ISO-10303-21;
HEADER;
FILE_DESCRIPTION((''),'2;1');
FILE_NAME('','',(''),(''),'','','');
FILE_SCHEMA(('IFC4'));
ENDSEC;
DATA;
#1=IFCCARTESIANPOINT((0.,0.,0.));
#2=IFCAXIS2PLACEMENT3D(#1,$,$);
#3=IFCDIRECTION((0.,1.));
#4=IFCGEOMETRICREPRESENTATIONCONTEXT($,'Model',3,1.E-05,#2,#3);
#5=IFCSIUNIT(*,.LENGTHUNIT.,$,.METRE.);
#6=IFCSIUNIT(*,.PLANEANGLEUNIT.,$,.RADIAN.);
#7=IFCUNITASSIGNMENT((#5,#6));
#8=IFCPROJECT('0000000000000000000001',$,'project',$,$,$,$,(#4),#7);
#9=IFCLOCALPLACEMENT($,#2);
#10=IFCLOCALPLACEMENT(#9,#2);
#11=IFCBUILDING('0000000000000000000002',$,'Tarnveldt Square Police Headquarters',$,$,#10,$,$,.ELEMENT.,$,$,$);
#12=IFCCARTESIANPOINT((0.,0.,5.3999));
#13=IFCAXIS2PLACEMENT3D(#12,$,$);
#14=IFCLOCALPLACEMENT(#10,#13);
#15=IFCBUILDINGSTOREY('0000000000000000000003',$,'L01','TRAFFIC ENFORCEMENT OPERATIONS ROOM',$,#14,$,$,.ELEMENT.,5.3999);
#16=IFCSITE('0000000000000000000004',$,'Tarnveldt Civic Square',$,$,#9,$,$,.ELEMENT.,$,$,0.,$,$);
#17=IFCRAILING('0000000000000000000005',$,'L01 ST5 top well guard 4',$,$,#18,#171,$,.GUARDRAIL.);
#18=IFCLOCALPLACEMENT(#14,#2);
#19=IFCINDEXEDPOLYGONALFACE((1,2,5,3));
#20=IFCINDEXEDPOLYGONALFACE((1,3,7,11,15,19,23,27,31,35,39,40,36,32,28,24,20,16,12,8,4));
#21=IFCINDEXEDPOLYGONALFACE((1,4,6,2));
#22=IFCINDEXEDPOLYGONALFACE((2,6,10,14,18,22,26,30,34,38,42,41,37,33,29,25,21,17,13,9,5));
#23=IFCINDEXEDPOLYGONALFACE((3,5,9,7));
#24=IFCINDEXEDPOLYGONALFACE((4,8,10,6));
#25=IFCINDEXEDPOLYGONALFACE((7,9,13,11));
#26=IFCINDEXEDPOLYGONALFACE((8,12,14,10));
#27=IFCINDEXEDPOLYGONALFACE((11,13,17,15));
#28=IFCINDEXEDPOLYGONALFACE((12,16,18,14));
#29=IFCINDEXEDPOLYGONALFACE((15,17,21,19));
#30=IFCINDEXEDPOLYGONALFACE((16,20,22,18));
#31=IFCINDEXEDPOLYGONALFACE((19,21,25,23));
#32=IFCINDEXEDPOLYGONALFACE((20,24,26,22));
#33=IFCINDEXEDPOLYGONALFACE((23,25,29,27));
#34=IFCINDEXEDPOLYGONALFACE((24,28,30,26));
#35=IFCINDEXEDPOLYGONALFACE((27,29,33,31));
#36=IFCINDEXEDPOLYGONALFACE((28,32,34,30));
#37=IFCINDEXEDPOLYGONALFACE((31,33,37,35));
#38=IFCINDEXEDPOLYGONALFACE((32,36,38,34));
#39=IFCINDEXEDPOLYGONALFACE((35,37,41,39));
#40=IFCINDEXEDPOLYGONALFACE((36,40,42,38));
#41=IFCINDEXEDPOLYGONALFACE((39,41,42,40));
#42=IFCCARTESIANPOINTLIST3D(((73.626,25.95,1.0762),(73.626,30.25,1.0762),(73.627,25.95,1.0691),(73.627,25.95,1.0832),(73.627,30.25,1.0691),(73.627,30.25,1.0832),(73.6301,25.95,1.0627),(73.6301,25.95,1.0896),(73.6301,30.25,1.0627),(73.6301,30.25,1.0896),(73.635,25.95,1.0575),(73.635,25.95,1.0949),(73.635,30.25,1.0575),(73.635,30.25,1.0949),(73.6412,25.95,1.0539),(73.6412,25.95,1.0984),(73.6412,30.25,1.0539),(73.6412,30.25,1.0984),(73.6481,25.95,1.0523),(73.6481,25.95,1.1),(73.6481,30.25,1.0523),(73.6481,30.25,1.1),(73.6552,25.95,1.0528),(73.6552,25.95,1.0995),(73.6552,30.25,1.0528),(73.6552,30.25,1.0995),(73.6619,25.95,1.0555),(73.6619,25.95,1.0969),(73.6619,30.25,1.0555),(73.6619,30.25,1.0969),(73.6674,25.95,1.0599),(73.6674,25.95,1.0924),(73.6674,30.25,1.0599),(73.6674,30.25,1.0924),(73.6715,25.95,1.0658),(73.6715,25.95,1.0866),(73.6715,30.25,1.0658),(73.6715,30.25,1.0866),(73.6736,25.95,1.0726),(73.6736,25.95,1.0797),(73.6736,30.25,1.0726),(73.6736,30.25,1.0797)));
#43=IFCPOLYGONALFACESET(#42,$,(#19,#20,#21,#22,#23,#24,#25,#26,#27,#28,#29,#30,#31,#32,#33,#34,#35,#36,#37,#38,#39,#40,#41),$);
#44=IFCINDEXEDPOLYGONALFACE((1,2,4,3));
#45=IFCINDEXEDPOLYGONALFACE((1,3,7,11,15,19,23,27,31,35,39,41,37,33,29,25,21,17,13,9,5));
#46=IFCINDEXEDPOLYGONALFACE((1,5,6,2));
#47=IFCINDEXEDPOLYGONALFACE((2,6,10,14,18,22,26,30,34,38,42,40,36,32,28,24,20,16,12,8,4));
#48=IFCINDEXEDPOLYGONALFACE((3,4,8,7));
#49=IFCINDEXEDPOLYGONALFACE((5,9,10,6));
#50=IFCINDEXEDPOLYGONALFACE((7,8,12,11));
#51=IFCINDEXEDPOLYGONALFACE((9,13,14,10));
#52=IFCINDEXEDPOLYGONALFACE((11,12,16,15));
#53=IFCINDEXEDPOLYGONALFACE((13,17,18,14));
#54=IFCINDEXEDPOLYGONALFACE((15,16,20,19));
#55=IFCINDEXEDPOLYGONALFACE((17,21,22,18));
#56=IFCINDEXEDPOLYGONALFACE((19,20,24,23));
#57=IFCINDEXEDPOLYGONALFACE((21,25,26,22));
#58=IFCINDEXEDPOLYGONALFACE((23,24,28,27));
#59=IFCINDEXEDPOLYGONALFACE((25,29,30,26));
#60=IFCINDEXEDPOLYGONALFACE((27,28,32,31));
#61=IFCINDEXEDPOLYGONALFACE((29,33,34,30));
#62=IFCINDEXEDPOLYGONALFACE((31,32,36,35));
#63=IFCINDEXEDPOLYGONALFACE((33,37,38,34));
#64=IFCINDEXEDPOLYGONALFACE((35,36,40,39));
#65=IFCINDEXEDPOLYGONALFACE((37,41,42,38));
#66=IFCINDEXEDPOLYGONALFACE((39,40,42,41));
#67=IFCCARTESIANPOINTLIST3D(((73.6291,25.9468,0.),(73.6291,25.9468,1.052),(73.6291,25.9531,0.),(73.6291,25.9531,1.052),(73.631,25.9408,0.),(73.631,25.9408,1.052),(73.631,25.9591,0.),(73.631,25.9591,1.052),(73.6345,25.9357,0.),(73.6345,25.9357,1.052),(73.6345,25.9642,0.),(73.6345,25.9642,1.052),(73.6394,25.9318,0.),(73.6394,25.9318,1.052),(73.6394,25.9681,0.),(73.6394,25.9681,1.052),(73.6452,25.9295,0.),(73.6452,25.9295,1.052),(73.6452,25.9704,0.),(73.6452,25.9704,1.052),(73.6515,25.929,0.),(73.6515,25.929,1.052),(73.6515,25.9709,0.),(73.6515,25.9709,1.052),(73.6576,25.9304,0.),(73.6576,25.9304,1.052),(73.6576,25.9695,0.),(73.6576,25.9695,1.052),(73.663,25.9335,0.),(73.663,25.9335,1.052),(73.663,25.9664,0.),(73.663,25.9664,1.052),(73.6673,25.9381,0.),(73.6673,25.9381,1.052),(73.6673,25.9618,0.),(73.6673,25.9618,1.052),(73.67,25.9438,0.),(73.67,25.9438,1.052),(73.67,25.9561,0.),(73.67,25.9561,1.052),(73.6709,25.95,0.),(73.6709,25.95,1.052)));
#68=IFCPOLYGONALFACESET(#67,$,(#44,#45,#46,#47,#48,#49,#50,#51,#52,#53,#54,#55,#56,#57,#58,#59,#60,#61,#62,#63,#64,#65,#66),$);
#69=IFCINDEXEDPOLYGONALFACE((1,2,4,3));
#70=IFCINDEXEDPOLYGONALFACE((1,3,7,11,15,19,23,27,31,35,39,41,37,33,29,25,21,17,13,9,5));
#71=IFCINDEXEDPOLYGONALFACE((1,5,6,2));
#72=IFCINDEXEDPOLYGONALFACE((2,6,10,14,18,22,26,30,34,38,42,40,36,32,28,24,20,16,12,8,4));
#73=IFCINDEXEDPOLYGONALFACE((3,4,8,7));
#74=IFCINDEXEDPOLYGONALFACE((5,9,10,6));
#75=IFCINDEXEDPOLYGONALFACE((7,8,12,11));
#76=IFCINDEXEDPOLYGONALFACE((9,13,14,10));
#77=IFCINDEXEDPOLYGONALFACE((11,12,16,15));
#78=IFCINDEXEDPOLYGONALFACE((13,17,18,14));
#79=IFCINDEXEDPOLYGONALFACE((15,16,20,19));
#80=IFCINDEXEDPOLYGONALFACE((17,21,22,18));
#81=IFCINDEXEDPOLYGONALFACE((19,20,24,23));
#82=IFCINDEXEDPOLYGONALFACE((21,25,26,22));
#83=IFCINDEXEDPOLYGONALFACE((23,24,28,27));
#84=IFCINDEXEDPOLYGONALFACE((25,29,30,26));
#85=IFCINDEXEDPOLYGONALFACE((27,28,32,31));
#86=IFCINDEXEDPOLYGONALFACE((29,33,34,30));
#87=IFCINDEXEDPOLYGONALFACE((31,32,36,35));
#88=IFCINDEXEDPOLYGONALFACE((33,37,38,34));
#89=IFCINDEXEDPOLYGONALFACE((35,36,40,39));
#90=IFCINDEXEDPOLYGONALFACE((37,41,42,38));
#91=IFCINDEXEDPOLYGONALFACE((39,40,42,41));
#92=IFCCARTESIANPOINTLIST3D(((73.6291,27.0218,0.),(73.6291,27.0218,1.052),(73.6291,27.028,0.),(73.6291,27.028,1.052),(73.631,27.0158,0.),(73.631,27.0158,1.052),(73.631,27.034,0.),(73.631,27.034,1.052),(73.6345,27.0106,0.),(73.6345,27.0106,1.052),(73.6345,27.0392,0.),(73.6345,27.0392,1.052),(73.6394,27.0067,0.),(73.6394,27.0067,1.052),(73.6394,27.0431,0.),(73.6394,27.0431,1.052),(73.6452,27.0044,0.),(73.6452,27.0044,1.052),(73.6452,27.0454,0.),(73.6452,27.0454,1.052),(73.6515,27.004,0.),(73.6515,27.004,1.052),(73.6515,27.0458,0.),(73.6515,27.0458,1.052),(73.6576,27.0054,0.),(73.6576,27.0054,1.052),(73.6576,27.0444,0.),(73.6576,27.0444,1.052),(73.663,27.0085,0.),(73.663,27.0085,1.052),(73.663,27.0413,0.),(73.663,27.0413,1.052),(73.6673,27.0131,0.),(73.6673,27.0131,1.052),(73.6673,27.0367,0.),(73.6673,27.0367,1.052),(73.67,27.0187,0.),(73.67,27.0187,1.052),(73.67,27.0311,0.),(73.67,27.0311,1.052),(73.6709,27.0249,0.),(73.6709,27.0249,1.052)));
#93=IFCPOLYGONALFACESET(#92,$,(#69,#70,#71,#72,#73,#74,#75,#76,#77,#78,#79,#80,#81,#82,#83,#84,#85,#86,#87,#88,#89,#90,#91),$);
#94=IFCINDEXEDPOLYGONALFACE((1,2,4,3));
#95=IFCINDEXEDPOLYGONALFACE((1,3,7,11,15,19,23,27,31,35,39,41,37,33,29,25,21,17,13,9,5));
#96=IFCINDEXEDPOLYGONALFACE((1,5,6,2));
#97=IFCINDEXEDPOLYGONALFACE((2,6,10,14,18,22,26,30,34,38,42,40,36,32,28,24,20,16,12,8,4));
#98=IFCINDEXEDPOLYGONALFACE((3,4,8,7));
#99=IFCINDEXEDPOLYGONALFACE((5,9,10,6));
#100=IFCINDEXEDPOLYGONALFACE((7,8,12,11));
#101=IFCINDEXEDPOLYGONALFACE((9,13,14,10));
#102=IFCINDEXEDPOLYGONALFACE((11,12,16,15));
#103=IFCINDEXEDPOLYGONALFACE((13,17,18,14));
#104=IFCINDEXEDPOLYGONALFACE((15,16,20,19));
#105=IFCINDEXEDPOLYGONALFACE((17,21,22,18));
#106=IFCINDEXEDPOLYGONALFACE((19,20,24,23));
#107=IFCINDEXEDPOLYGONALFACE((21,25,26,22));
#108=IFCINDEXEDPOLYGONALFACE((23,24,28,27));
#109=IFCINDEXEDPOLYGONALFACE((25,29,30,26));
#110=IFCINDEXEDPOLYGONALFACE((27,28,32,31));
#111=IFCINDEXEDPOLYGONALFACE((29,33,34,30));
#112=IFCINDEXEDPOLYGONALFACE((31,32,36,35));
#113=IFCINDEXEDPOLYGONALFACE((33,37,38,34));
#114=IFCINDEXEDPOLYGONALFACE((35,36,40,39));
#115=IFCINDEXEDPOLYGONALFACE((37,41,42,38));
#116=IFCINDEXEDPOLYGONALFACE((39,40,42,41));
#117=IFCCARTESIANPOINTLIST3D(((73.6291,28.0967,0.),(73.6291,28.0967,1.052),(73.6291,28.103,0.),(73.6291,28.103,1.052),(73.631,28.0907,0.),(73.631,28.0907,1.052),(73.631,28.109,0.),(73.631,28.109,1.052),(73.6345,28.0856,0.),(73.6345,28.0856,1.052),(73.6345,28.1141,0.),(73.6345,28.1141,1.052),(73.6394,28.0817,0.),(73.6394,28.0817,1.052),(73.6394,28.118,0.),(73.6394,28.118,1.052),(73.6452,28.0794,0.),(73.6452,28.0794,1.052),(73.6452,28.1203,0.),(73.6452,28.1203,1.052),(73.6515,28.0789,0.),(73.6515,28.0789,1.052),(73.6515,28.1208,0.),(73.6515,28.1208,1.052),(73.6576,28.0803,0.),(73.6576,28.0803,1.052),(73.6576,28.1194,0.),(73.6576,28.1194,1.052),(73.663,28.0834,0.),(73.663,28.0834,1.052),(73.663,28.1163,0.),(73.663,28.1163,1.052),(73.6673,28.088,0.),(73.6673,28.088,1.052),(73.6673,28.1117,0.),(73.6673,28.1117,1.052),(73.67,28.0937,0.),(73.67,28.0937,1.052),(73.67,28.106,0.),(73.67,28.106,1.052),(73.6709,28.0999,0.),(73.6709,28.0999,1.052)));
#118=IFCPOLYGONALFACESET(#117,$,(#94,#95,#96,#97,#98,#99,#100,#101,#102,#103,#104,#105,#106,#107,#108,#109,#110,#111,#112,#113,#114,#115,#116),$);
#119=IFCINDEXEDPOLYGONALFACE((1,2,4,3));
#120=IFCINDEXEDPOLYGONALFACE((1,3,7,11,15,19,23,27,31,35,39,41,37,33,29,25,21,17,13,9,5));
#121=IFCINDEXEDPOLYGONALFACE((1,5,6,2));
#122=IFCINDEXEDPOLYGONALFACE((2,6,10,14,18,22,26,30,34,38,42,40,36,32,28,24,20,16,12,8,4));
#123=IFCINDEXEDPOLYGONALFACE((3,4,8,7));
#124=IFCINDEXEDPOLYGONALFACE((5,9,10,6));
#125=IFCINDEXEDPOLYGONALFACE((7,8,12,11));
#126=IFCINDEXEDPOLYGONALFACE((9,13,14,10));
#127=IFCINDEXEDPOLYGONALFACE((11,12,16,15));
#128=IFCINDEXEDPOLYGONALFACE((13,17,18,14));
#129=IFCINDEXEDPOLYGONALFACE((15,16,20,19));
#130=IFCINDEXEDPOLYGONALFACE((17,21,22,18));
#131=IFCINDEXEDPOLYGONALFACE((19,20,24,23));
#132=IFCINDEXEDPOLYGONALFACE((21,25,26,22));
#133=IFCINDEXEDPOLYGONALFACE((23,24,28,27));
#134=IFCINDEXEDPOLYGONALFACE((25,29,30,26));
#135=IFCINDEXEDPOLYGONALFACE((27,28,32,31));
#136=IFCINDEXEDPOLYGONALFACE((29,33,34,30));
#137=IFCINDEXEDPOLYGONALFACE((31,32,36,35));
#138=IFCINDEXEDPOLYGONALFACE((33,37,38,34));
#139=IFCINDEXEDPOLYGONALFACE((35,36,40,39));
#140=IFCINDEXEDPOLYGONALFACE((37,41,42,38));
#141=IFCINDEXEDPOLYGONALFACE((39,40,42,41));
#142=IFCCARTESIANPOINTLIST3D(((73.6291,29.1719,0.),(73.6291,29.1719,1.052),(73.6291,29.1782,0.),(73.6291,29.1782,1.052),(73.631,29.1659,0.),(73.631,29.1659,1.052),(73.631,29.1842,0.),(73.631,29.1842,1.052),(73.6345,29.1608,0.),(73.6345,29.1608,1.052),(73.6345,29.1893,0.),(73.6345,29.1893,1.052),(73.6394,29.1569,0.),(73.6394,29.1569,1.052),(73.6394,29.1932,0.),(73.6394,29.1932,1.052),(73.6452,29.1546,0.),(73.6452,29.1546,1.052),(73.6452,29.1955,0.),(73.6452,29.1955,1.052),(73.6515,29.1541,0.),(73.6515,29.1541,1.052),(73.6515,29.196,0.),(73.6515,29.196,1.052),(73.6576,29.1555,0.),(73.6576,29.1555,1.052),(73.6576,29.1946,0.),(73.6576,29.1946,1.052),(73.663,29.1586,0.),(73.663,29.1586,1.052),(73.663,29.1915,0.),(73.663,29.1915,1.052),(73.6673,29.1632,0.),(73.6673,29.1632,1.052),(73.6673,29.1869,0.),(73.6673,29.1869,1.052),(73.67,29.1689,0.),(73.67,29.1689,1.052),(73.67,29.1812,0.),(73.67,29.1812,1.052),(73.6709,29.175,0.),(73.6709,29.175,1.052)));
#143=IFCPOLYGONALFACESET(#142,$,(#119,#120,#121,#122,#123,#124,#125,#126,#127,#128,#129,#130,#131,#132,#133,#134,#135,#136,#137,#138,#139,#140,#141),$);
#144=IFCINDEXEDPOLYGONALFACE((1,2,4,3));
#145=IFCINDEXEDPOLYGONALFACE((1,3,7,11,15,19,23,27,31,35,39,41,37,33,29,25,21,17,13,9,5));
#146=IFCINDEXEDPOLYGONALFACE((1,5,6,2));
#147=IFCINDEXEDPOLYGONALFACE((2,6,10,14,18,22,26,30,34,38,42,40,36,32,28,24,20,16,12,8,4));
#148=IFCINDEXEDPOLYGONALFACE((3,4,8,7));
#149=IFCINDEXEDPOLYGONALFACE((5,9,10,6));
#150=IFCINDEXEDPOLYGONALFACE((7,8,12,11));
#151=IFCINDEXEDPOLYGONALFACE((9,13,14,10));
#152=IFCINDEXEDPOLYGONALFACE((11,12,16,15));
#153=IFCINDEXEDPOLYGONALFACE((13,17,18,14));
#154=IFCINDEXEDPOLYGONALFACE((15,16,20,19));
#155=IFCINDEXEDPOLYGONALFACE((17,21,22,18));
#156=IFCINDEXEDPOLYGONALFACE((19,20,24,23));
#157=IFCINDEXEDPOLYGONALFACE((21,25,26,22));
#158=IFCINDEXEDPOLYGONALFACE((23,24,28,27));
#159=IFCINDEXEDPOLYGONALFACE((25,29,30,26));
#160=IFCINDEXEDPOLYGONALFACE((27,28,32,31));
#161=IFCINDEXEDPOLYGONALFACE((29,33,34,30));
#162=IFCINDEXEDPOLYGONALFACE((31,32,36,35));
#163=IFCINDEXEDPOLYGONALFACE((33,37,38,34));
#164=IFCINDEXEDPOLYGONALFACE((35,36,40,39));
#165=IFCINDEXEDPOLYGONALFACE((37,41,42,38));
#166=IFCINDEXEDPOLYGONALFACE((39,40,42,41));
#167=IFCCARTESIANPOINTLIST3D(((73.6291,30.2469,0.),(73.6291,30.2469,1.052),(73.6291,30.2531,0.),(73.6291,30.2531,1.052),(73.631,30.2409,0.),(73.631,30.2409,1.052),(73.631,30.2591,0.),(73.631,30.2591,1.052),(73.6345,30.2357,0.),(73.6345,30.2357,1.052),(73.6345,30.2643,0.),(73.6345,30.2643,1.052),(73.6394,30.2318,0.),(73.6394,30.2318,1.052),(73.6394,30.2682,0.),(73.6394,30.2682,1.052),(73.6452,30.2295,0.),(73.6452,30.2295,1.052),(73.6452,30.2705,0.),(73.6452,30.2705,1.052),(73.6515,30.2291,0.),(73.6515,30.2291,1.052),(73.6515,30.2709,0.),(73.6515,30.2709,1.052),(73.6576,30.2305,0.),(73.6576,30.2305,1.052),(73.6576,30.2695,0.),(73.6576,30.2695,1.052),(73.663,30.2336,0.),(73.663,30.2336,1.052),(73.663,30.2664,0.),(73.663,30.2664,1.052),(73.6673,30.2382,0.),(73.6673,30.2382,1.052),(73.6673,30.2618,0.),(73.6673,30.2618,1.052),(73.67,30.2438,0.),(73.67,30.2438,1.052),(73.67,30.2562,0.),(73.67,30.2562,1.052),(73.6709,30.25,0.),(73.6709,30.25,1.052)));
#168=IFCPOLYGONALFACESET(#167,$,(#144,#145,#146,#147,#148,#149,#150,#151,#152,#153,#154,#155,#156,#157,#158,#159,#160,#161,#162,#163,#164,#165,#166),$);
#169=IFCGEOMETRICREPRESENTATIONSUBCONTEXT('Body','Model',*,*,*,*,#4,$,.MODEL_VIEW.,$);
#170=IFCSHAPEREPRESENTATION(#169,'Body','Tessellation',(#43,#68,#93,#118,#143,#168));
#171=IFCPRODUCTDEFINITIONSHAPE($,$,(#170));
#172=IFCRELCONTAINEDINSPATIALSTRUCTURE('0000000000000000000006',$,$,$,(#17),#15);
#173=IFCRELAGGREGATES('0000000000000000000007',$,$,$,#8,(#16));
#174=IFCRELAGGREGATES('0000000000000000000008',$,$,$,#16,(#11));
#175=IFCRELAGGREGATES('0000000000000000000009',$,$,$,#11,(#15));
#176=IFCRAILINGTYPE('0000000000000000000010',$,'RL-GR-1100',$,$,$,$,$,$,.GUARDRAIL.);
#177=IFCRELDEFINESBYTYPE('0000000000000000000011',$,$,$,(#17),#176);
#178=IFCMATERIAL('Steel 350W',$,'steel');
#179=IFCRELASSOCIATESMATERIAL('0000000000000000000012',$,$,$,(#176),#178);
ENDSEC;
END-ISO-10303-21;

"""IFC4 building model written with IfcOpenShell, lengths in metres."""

from ifc_helpers import new_model, si_unit, direction, frame, origin, origin_2d, place, context, subcontext, project, spatial, circle, extrude, material, type_object, element, save


model = new_model("IFC4")

# Units and contexts
model_context = context("Model", 3, precision=1e-05, world=origin(), true_north=direction((0.0, 1.0)))
body_context = subcontext(model_context, "Body", "Model", "MODEL_VIEW")
ifc_project = project(units=[si_unit("LENGTHUNIT", "METRE"), si_unit("PLANEANGLEUNIT", "RADIAN")], contexts=[model_context])

# Site, building, storey
site_placement = place(None, origin())
site = spatial("IfcSite", under=ifc_project, at=site_placement, Name="Tarnveldt Civic Square", CompositionType="ELEMENT", RefElevation=0.0)
building_placement = place(site_placement, origin())
building = spatial("IfcBuilding", under=site, at=building_placement, Name="Tarnveldt Square Police Headquarters", CompositionType="ELEMENT")
storey_placement = place(building_placement, frame((0.0, 0.0, 5.3999)))
storey = spatial("IfcBuildingStorey", under=building, at=storey_placement, Name="L01", Description="TRAFFIC ENFORCEMENT OPERATIONS ROOM", CompositionType="ELEMENT", Elevation=5.3999)

# Railing
ifc_material_1 = material(Name="Steel 350W", Category="steel")
railing_type = type_object("IfcRailingType", Name="RL-GR-1100", PredefinedType="GUARDRAIL", material=ifc_material_1)
railing_1_placement = place(storey_placement, frame((73.6499, 25.95, 0.0)))
element("IfcRailing", 1, at=railing_1_placement, inside=storey, type_object=railing_type, Name="L01 ST5 top well guard 4", PredefinedType="GUARDRAIL", context=body_context, shape_type="SweptSolid", body=[
    extrude(circle(Radius=0.0239, at=origin_2d()), frame((0.0, 0.0, 1.0762), z_axis=(0.0, 1.0, 0.0), x_axis=(-1.0, 0.0, 0.0)), (0.0, 0.0, 1.0), 4.3),
    extrude(circle(Radius=0.021, at=origin_2d()), origin(), (0.0, 0.0, 1.0), 1.052),
    extrude(circle(Radius=0.021, at=origin_2d()), frame((0.0, 1.075, 0.0)), (0.0, 0.0, 1.0), 1.052),
    extrude(circle(Radius=0.021, at=origin_2d()), frame((0.0, 2.1499, 0.0)), (0.0, 0.0, 1.0), 1.052),
    extrude(circle(Radius=0.021, at=origin_2d()), frame((0.0, 3.2251, 0.0)), (0.0, 0.0, 1.0), 1.052),
    extrude(circle(Radius=0.021, at=origin_2d()), frame((0.0, 4.3, 0.0)), (0.0, 0.0, 1.0), 1.052),
])

save(model, "model.ifc")
